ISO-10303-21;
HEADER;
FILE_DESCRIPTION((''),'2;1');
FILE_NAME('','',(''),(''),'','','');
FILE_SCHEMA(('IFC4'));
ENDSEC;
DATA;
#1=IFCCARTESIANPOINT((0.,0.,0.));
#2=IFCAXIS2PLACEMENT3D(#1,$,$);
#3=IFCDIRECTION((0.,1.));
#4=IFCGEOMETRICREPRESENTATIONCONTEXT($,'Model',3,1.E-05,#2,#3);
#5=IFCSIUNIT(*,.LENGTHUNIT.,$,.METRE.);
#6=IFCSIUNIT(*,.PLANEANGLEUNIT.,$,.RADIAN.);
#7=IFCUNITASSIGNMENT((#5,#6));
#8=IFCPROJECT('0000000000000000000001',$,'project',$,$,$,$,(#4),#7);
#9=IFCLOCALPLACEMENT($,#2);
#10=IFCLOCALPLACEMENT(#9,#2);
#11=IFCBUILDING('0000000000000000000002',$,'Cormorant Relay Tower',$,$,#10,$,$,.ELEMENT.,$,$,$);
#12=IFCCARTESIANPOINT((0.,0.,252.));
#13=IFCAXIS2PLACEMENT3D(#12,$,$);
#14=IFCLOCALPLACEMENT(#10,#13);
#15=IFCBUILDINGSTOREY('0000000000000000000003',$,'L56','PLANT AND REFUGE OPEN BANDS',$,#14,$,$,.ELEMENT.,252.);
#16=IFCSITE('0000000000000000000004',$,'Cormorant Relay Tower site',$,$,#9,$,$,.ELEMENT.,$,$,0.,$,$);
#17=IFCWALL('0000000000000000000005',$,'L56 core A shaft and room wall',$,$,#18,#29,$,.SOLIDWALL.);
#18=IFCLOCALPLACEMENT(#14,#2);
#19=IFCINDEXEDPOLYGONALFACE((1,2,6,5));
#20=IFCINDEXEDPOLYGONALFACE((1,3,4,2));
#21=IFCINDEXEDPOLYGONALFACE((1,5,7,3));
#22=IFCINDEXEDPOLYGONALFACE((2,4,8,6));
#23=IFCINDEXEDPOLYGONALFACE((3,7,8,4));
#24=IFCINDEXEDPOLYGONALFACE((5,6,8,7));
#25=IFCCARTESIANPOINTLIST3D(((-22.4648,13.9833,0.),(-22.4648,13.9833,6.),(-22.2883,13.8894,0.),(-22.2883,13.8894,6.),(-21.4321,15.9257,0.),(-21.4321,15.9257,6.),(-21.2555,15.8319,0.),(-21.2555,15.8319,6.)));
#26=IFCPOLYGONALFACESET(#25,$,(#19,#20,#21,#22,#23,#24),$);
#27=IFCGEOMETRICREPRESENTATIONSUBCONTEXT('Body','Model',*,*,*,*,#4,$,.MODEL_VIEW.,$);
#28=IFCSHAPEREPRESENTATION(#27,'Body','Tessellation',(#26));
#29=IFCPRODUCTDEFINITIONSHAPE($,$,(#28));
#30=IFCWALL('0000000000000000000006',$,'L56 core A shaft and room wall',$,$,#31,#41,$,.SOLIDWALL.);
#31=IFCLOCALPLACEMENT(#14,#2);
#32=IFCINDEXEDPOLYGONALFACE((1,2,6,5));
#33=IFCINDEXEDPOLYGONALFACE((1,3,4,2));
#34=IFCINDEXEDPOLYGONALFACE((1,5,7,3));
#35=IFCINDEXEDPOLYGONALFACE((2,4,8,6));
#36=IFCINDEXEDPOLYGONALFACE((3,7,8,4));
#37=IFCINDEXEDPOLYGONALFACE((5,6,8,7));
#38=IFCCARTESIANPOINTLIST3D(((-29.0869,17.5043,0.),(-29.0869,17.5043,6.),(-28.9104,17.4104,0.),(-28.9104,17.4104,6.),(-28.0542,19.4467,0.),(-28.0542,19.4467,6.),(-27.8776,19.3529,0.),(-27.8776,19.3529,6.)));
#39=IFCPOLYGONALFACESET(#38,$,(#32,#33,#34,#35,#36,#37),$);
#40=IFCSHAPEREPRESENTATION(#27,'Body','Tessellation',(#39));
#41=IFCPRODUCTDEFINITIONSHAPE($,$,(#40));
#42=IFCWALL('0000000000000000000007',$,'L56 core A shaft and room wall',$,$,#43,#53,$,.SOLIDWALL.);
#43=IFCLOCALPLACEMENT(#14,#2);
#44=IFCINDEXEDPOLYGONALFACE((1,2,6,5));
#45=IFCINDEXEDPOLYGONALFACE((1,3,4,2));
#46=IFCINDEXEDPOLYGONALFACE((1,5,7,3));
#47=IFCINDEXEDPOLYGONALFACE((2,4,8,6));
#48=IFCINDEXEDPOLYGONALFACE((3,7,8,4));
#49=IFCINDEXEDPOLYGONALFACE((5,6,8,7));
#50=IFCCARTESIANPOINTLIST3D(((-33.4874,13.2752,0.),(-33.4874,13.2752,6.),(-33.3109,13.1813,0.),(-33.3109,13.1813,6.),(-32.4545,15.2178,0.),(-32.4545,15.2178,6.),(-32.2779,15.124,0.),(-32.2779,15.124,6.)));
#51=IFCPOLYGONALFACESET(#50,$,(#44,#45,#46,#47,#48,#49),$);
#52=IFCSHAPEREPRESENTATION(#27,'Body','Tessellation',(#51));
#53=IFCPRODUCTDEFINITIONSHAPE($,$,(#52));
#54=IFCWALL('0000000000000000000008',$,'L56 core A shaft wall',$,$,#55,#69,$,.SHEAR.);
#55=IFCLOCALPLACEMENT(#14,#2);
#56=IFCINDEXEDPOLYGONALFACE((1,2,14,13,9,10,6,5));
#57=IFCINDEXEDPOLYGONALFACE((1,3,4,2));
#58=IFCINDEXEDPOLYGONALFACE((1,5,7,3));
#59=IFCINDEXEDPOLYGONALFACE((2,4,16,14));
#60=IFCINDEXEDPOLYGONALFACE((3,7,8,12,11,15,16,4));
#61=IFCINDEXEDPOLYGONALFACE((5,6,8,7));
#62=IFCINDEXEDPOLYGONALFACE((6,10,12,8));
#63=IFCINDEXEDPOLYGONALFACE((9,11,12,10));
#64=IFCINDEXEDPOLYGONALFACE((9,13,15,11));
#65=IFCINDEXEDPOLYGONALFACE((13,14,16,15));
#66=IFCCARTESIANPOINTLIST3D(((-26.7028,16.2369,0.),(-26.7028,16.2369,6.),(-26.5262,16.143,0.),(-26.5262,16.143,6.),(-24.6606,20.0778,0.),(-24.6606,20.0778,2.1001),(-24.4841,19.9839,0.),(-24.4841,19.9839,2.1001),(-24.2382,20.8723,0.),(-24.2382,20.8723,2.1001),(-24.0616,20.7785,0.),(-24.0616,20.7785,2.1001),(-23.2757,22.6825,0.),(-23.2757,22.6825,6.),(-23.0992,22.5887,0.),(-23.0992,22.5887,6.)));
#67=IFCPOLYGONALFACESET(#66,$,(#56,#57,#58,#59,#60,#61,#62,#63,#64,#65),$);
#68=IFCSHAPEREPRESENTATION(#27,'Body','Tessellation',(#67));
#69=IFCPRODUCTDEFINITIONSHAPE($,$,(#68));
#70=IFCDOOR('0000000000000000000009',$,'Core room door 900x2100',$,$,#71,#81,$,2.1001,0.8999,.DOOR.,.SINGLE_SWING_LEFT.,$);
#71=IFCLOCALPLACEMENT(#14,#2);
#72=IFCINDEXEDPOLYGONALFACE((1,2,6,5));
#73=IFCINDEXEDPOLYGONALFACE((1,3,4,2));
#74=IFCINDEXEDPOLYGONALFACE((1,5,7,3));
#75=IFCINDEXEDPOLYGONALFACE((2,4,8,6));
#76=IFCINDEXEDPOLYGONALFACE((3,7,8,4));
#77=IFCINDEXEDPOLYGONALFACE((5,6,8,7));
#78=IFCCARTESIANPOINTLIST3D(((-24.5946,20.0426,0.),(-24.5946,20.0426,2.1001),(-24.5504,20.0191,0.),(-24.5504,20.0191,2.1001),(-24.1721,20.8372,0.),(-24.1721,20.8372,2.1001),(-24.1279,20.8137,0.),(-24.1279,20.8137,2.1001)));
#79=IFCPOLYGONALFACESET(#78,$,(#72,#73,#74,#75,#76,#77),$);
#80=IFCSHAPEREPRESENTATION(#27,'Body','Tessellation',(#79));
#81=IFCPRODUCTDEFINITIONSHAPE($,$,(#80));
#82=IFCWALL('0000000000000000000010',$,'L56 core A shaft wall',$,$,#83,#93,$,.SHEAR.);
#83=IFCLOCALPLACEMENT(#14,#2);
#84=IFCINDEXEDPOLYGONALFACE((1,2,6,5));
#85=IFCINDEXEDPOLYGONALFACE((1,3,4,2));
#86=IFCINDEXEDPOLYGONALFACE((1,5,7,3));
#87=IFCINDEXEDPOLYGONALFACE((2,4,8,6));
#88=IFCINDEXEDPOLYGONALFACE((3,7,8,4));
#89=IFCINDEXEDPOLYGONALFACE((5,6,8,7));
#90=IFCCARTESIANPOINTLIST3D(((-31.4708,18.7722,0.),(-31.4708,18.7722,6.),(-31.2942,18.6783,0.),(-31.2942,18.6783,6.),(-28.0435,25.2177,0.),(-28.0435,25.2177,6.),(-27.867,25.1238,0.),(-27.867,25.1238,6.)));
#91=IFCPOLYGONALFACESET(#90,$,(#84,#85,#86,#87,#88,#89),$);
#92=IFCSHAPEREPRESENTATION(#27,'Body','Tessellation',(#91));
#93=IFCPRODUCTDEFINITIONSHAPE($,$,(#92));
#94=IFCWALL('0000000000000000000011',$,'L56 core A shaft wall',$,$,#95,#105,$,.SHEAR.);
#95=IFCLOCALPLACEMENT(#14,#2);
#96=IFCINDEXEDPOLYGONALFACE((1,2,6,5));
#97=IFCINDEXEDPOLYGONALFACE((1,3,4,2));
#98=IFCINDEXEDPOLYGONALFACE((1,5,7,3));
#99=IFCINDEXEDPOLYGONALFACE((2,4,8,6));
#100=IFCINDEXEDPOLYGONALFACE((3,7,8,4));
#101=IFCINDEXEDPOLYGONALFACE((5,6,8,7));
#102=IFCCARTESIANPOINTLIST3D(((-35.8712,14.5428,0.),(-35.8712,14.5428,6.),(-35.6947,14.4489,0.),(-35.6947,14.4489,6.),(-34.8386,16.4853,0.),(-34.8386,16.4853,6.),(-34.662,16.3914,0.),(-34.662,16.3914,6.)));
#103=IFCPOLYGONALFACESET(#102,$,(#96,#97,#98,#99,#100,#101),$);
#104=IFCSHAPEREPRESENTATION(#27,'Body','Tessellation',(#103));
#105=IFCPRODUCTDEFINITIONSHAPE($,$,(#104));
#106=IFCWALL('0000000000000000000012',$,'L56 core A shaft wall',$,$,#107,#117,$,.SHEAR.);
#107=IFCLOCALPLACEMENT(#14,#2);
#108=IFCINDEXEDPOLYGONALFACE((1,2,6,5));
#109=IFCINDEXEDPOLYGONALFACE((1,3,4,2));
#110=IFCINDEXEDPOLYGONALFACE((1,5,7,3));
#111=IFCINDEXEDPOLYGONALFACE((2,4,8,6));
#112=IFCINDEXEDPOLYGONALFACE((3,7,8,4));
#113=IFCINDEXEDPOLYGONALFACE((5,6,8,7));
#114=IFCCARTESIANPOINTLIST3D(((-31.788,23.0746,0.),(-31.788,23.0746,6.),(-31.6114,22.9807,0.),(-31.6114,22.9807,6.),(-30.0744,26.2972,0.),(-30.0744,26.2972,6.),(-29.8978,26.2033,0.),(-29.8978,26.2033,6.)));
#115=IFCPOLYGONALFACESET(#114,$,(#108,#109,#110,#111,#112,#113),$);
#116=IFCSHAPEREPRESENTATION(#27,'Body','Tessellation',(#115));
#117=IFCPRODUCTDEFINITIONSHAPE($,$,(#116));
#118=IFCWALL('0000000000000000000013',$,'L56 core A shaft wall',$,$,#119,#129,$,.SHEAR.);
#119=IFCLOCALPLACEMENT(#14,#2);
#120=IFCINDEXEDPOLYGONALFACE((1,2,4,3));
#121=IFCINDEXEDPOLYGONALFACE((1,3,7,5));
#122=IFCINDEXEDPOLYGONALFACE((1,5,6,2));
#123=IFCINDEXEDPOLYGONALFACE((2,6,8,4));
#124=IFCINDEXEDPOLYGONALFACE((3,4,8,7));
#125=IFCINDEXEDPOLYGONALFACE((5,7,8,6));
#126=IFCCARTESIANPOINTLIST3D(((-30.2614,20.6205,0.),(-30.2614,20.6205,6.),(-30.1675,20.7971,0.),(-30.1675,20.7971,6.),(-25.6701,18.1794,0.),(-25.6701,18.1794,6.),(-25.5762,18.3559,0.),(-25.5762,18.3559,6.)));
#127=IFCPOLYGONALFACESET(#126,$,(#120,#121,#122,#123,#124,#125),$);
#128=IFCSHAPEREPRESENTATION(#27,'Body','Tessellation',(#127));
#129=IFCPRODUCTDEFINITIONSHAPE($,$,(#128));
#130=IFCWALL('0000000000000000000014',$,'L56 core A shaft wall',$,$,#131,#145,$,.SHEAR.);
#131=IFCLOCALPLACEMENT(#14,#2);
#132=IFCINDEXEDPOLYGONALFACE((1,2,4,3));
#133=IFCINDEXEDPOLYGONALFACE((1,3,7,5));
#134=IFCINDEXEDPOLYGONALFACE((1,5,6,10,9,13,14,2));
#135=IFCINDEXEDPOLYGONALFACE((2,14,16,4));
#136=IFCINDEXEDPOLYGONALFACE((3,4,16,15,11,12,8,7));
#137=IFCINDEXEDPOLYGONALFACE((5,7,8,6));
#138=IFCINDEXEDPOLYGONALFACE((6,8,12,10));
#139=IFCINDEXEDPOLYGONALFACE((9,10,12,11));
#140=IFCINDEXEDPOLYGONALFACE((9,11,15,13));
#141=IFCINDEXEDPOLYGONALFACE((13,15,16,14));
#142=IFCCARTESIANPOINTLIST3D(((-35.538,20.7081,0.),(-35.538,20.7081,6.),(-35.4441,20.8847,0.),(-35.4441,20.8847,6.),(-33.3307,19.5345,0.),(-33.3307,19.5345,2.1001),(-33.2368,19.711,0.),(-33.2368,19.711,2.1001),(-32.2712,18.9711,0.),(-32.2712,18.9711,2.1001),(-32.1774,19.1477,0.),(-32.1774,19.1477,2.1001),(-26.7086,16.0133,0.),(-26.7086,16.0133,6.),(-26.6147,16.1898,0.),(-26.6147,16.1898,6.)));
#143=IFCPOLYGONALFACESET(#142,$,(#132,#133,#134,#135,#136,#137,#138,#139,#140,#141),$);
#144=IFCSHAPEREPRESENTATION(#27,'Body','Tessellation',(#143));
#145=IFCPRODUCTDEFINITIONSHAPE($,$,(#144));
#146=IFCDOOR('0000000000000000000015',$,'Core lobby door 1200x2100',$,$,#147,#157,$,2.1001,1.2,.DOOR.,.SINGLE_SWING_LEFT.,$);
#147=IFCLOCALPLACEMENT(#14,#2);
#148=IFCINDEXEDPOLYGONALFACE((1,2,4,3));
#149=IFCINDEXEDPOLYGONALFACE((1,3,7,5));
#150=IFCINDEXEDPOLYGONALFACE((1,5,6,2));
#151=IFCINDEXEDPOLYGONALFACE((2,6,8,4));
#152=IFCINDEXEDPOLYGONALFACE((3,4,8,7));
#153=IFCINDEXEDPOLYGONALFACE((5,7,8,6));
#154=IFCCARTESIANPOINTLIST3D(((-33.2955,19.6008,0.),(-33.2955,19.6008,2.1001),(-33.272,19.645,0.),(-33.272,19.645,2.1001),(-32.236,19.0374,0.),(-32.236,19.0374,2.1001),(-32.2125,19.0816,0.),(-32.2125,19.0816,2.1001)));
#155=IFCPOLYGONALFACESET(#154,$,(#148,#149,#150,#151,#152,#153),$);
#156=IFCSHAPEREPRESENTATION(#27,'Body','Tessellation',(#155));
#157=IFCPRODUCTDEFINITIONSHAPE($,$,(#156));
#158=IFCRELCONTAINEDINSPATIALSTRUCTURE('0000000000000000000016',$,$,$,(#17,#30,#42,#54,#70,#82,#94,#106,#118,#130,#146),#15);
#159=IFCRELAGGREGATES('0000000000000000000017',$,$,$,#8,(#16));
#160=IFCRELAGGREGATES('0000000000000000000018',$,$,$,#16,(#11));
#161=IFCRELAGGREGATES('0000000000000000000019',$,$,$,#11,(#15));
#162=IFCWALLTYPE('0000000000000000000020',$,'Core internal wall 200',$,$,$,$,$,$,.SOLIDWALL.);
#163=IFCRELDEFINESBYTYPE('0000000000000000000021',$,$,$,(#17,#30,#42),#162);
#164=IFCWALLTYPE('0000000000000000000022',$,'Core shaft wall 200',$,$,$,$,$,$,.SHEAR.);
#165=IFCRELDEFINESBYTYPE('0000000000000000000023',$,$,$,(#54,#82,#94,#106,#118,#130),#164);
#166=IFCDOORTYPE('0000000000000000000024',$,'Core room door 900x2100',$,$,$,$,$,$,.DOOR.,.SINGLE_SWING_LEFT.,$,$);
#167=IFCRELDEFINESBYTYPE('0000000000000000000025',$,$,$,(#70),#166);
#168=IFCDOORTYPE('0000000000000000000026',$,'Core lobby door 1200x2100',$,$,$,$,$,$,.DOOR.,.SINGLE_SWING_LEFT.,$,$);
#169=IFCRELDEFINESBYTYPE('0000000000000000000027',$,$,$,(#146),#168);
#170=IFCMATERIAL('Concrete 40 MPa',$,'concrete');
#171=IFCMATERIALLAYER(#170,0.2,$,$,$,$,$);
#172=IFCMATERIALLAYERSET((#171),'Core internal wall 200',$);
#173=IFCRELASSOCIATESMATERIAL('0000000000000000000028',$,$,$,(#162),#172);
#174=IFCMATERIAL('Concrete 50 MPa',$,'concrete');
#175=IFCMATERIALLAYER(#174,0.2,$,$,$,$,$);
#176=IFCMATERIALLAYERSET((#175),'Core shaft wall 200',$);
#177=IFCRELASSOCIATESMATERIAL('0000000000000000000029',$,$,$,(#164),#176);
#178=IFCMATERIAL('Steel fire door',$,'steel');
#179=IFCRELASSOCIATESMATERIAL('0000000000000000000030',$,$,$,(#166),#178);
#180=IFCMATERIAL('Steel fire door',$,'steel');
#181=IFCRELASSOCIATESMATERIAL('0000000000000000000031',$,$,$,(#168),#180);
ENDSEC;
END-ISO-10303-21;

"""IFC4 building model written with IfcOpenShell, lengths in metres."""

from ifc_helpers import new_model, si_unit, direction, frame, frame_2d, origin, place, context, subcontext, project, spatial, rectangle, extrude, material, layer, layer_set, type_object, element, fill, save


model = new_model("IFC4")

# Units and contexts
model_context = context("Model", 3, precision=1e-05, world=origin(), true_north=direction((0.0, 1.0)))
body_context = subcontext(model_context, "Body", "Model", "MODEL_VIEW")
ifc_project = project(units=[si_unit("LENGTHUNIT", "METRE"), si_unit("PLANEANGLEUNIT", "RADIAN")], contexts=[model_context])

# Site, building, storey
site_placement = place(None, origin())
site = spatial("IfcSite", under=ifc_project, at=site_placement, Name="Cormorant Relay Tower site", CompositionType="ELEMENT", RefElevation=0.0)
building_placement = place(site_placement, origin())
building = spatial("IfcBuilding", under=site, at=building_placement, Name="Cormorant Relay Tower", CompositionType="ELEMENT")
storey_placement = place(building_placement, frame((0.0, 0.0, 252.0)))
storey = spatial("IfcBuildingStorey", under=building, at=storey_placement, Name="L56", Description="PLANT AND REFUGE OPEN BANDS", CompositionType="ELEMENT", Elevation=252.0)

# Walls
ifc_material_1 = material(Name="Concrete 40 MPa", Category="concrete")
ifc_layer_1 = layer(ifc_material_1, 0.2)
ifc_layer_set_1 = layer_set([ifc_layer_1], Name="Core internal wall 200")
wall_type_1 = type_object("IfcWallType", Name="Core internal wall 200", PredefinedType="SOLIDWALL", material=ifc_layer_set_1)
for number, where, z_axis, x_axis, name in (
    (1, (-21.3438, 15.8789, 0.0), (0.0, 0.0, 1.0), (-0.469447, -0.88296, 0.0), "L56 core A shaft and room wall"),
    (2, (-27.9658, 19.3999, 0.0), (0.0, 0.0, 1.0), (-0.469447, -0.88296, 0.0), "L56 core A shaft and room wall"),
):
    element("IfcWall", number, at=place(storey_placement, frame(where, z_axis=z_axis, x_axis=x_axis)), inside=storey, type_object=wall_type_1, Name=name, PredefinedType="SOLIDWALL", context=body_context, shape_type="SweptSolid", body=[
        extrude(rectangle(XDim=2.2, YDim=0.2, at=frame_2d((1.1001, 0.0))), origin(), (0.0, 0.0, 1.0), 6.0),
    ])
wall_1_placement = place(storey_placement, frame((-32.3662, 15.1709, 0.0), z_axis=(0.0, 0.0, 1.0), x_axis=(-0.469488, -0.882939, 0.0)))
element("IfcWall", 3, at=wall_1_placement, inside=storey, type_object=wall_type_1, Name="L56 core A shaft and room wall", PredefinedType="SOLIDWALL", context=body_context, shape_type="SweptSolid", body=[
    extrude(rectangle(XDim=2.2002, YDim=0.2, at=frame_2d((1.1001, 0.0))), origin(), (0.0, 0.0, 1.0), 6.0),
])

# Wall, opening, door
ifc_material_2 = material(Name="Concrete 50 MPa", Category="concrete")
ifc_layer_2 = layer(ifc_material_2, 0.2)
ifc_layer_set_2 = layer_set([ifc_layer_2], Name="Core shaft wall 200")
wall_type_2 = type_object("IfcWallType", Name="Core shaft wall 200", PredefinedType="SHEAR", material=ifc_layer_set_2)
wall_2_placement = place(storey_placement, frame((-23.1875, 22.6355, 0.0), z_axis=(0.0, 0.0, 1.0), x_axis=(-0.469454, -0.882957, 0.0)))
wall_2 = element("IfcWall", 4, at=wall_2_placement, inside=storey, type_object=wall_type_2, Name="L56 core A shaft wall", PredefinedType="SHEAR", context=body_context, shape_type="SweptSolid", body=[
    extrude(rectangle(XDim=7.3, YDim=0.2, at=frame_2d((3.6499, 0.0))), origin(), (0.0, 0.0, 1.0), 6.0),
])
opening_1_placement = place(wall_2_placement, frame((2.05, 0.0, 0.0)))
opening_1 = element("IfcOpeningElement", 5, at=opening_1_placement, cuts=wall_2, PredefinedType="OPENING", context=body_context, shape_type="SweptSolid", body=[
    extrude(rectangle(XDim=0.8999, YDim=2.1001, at=frame_2d((0.45, 1.05))), frame((0.0, 0.1099, 0.0), z_axis=(0.0, -1.0, 0.0), x_axis=(1.0, 0.0, 0.0)), (0.0, 0.0, 1.0), 0.22),
])
ifc_material_3 = material(Name="Steel fire door", Category="steel")
door_type_1 = type_object("IfcDoorType", Name="Core room door 900x2100", OperationType="SINGLE_SWING_LEFT", PredefinedType="DOOR", material=ifc_material_3)
door_1_placement = place(opening_1_placement, origin())
door_1 = element("IfcDoor", 6, at=door_1_placement, inside=storey, type_object=door_type_1, Name="Core room door 900x2100", OperationType="SINGLE_SWING_LEFT", OverallHeight=2.1001, OverallWidth=0.8999, PredefinedType="DOOR", context=body_context, shape_type="SweptSolid", body=[
    extrude(rectangle(XDim=0.8999, YDim=2.1001, at=frame_2d((0.45, 1.05))), frame((0.0, 0.0249, 0.0), z_axis=(0.0, -1.0, 0.0), x_axis=(1.0, 0.0, 0.0)), (0.0, 0.0, 1.0), 0.05),
])
fill(opening_1, door_1)

# Walls
wall_3_placement = place(storey_placement, frame((-27.9553, 25.1707, 0.0), z_axis=(0.0, 0.0, 1.0), x_axis=(-0.46948, -0.882943, 0.0)))
element("IfcWall", 7, at=wall_3_placement, inside=storey, type_object=wall_type_2, Name="L56 core A shaft wall", PredefinedType="SHEAR", context=body_context, shape_type="SweptSolid", body=[
    extrude(rectangle(XDim=7.3, YDim=0.2, at=frame_2d((3.6499, 0.0))), origin(), (0.0, 0.0, 1.0), 6.0),
])
wall_4_placement = place(storey_placement, frame((-34.7502, 16.4385, 0.0), z_axis=(0.0, 0.0, 1.0), x_axis=(-0.469401, -0.882985, 0.0)))
element("IfcWall", 8, at=wall_4_placement, inside=storey, type_object=wall_type_2, Name="L56 core A shaft wall", PredefinedType="SHEAR", context=body_context, shape_type="SweptSolid", body=[
    extrude(rectangle(XDim=2.2, YDim=0.2, at=frame_2d((1.1001, 0.0))), origin(), (0.0, 0.0, 1.0), 6.0),
])
wall_5_placement = place(storey_placement, frame((-29.9861, 26.2502, 0.0), z_axis=(0.0, 0.0, 1.0), x_axis=(-0.469494, -0.882936, 0.0)))
element("IfcWall", 9, at=wall_5_placement, inside=storey, type_object=wall_type_2, Name="L56 core A shaft wall", PredefinedType="SHEAR", context=body_context, shape_type="SweptSolid", body=[
    extrude(rectangle(XDim=3.6499, YDim=0.2, at=frame_2d((1.825, 0.0))), origin(), (0.0, 0.0, 1.0), 6.0),
])

# Wall
wall_6_placement = place(storey_placement, frame((-25.623, 18.2676, 0.0), z_axis=(0.0, 0.0, 1.0), x_axis=(-0.882954, 0.46946, 0.0)))
element("IfcWall", 10, at=wall_6_placement, inside=storey, type_object=wall_type_2, Name="L56 core A shaft wall", PredefinedType="SHEAR", context=body_context, shape_type="SweptSolid", body=[
    extrude(rectangle(XDim=5.2, YDim=0.2, at=frame_2d((2.6001, 0.0))), origin(), (0.0, 0.0, 1.0), 6.0),
])

# Wall, opening, door
wall_7_placement = place(storey_placement, frame((-26.6616, 16.1016, 0.0), z_axis=(0.0, 0.0, 1.0), x_axis=(-0.88294, 0.469485, 0.0)))
wall_7 = element("IfcWall", 11, at=wall_7_placement, inside=storey, type_object=wall_type_2, Name="L56 core A shaft wall", PredefinedType="SHEAR", context=body_context, shape_type="SweptSolid", body=[
    extrude(rectangle(XDim=10.0, YDim=0.2, at=frame_2d((5.0, 0.0))), origin(), (0.0, 0.0, 1.0), 6.0),
])
opening_2_placement = place(wall_7_placement, frame((6.3, 0.0, 0.0)))
opening_2 = element("IfcOpeningElement", 12, at=opening_2_placement, cuts=wall_7, PredefinedType="OPENING", context=body_context, shape_type="SweptSolid", body=[
    extrude(rectangle(XDim=1.2, YDim=2.1001, at=frame_2d((0.6001, 1.05))), frame((0.0, 0.1099, 0.0), z_axis=(0.0, -1.0, 0.0), x_axis=(1.0, 0.0, 0.0)), (0.0, 0.0, 1.0), 0.22),
])
ifc_material_4 = material(Name="Steel fire door", Category="steel")
door_type_2 = type_object("IfcDoorType", Name="Core lobby door 1200x2100", OperationType="SINGLE_SWING_LEFT", PredefinedType="DOOR", material=ifc_material_4)
door_2_placement = place(opening_2_placement, origin())
door_2 = element("IfcDoor", 13, at=door_2_placement, inside=storey, type_object=door_type_2, Name="Core lobby door 1200x2100", OperationType="SINGLE_SWING_LEFT", OverallHeight=2.1001, OverallWidth=1.2, PredefinedType="DOOR", context=body_context, shape_type="SweptSolid", body=[
    extrude(rectangle(XDim=1.2, YDim=2.1001, at=frame_2d((0.6001, 1.05))), frame((0.0, 0.0249, 0.0), z_axis=(0.0, -1.0, 0.0), x_axis=(1.0, 0.0, 0.0)), (0.0, 0.0, 1.0), 0.05),
])
fill(opening_2, door_2)

save(model, "model.ifc")
